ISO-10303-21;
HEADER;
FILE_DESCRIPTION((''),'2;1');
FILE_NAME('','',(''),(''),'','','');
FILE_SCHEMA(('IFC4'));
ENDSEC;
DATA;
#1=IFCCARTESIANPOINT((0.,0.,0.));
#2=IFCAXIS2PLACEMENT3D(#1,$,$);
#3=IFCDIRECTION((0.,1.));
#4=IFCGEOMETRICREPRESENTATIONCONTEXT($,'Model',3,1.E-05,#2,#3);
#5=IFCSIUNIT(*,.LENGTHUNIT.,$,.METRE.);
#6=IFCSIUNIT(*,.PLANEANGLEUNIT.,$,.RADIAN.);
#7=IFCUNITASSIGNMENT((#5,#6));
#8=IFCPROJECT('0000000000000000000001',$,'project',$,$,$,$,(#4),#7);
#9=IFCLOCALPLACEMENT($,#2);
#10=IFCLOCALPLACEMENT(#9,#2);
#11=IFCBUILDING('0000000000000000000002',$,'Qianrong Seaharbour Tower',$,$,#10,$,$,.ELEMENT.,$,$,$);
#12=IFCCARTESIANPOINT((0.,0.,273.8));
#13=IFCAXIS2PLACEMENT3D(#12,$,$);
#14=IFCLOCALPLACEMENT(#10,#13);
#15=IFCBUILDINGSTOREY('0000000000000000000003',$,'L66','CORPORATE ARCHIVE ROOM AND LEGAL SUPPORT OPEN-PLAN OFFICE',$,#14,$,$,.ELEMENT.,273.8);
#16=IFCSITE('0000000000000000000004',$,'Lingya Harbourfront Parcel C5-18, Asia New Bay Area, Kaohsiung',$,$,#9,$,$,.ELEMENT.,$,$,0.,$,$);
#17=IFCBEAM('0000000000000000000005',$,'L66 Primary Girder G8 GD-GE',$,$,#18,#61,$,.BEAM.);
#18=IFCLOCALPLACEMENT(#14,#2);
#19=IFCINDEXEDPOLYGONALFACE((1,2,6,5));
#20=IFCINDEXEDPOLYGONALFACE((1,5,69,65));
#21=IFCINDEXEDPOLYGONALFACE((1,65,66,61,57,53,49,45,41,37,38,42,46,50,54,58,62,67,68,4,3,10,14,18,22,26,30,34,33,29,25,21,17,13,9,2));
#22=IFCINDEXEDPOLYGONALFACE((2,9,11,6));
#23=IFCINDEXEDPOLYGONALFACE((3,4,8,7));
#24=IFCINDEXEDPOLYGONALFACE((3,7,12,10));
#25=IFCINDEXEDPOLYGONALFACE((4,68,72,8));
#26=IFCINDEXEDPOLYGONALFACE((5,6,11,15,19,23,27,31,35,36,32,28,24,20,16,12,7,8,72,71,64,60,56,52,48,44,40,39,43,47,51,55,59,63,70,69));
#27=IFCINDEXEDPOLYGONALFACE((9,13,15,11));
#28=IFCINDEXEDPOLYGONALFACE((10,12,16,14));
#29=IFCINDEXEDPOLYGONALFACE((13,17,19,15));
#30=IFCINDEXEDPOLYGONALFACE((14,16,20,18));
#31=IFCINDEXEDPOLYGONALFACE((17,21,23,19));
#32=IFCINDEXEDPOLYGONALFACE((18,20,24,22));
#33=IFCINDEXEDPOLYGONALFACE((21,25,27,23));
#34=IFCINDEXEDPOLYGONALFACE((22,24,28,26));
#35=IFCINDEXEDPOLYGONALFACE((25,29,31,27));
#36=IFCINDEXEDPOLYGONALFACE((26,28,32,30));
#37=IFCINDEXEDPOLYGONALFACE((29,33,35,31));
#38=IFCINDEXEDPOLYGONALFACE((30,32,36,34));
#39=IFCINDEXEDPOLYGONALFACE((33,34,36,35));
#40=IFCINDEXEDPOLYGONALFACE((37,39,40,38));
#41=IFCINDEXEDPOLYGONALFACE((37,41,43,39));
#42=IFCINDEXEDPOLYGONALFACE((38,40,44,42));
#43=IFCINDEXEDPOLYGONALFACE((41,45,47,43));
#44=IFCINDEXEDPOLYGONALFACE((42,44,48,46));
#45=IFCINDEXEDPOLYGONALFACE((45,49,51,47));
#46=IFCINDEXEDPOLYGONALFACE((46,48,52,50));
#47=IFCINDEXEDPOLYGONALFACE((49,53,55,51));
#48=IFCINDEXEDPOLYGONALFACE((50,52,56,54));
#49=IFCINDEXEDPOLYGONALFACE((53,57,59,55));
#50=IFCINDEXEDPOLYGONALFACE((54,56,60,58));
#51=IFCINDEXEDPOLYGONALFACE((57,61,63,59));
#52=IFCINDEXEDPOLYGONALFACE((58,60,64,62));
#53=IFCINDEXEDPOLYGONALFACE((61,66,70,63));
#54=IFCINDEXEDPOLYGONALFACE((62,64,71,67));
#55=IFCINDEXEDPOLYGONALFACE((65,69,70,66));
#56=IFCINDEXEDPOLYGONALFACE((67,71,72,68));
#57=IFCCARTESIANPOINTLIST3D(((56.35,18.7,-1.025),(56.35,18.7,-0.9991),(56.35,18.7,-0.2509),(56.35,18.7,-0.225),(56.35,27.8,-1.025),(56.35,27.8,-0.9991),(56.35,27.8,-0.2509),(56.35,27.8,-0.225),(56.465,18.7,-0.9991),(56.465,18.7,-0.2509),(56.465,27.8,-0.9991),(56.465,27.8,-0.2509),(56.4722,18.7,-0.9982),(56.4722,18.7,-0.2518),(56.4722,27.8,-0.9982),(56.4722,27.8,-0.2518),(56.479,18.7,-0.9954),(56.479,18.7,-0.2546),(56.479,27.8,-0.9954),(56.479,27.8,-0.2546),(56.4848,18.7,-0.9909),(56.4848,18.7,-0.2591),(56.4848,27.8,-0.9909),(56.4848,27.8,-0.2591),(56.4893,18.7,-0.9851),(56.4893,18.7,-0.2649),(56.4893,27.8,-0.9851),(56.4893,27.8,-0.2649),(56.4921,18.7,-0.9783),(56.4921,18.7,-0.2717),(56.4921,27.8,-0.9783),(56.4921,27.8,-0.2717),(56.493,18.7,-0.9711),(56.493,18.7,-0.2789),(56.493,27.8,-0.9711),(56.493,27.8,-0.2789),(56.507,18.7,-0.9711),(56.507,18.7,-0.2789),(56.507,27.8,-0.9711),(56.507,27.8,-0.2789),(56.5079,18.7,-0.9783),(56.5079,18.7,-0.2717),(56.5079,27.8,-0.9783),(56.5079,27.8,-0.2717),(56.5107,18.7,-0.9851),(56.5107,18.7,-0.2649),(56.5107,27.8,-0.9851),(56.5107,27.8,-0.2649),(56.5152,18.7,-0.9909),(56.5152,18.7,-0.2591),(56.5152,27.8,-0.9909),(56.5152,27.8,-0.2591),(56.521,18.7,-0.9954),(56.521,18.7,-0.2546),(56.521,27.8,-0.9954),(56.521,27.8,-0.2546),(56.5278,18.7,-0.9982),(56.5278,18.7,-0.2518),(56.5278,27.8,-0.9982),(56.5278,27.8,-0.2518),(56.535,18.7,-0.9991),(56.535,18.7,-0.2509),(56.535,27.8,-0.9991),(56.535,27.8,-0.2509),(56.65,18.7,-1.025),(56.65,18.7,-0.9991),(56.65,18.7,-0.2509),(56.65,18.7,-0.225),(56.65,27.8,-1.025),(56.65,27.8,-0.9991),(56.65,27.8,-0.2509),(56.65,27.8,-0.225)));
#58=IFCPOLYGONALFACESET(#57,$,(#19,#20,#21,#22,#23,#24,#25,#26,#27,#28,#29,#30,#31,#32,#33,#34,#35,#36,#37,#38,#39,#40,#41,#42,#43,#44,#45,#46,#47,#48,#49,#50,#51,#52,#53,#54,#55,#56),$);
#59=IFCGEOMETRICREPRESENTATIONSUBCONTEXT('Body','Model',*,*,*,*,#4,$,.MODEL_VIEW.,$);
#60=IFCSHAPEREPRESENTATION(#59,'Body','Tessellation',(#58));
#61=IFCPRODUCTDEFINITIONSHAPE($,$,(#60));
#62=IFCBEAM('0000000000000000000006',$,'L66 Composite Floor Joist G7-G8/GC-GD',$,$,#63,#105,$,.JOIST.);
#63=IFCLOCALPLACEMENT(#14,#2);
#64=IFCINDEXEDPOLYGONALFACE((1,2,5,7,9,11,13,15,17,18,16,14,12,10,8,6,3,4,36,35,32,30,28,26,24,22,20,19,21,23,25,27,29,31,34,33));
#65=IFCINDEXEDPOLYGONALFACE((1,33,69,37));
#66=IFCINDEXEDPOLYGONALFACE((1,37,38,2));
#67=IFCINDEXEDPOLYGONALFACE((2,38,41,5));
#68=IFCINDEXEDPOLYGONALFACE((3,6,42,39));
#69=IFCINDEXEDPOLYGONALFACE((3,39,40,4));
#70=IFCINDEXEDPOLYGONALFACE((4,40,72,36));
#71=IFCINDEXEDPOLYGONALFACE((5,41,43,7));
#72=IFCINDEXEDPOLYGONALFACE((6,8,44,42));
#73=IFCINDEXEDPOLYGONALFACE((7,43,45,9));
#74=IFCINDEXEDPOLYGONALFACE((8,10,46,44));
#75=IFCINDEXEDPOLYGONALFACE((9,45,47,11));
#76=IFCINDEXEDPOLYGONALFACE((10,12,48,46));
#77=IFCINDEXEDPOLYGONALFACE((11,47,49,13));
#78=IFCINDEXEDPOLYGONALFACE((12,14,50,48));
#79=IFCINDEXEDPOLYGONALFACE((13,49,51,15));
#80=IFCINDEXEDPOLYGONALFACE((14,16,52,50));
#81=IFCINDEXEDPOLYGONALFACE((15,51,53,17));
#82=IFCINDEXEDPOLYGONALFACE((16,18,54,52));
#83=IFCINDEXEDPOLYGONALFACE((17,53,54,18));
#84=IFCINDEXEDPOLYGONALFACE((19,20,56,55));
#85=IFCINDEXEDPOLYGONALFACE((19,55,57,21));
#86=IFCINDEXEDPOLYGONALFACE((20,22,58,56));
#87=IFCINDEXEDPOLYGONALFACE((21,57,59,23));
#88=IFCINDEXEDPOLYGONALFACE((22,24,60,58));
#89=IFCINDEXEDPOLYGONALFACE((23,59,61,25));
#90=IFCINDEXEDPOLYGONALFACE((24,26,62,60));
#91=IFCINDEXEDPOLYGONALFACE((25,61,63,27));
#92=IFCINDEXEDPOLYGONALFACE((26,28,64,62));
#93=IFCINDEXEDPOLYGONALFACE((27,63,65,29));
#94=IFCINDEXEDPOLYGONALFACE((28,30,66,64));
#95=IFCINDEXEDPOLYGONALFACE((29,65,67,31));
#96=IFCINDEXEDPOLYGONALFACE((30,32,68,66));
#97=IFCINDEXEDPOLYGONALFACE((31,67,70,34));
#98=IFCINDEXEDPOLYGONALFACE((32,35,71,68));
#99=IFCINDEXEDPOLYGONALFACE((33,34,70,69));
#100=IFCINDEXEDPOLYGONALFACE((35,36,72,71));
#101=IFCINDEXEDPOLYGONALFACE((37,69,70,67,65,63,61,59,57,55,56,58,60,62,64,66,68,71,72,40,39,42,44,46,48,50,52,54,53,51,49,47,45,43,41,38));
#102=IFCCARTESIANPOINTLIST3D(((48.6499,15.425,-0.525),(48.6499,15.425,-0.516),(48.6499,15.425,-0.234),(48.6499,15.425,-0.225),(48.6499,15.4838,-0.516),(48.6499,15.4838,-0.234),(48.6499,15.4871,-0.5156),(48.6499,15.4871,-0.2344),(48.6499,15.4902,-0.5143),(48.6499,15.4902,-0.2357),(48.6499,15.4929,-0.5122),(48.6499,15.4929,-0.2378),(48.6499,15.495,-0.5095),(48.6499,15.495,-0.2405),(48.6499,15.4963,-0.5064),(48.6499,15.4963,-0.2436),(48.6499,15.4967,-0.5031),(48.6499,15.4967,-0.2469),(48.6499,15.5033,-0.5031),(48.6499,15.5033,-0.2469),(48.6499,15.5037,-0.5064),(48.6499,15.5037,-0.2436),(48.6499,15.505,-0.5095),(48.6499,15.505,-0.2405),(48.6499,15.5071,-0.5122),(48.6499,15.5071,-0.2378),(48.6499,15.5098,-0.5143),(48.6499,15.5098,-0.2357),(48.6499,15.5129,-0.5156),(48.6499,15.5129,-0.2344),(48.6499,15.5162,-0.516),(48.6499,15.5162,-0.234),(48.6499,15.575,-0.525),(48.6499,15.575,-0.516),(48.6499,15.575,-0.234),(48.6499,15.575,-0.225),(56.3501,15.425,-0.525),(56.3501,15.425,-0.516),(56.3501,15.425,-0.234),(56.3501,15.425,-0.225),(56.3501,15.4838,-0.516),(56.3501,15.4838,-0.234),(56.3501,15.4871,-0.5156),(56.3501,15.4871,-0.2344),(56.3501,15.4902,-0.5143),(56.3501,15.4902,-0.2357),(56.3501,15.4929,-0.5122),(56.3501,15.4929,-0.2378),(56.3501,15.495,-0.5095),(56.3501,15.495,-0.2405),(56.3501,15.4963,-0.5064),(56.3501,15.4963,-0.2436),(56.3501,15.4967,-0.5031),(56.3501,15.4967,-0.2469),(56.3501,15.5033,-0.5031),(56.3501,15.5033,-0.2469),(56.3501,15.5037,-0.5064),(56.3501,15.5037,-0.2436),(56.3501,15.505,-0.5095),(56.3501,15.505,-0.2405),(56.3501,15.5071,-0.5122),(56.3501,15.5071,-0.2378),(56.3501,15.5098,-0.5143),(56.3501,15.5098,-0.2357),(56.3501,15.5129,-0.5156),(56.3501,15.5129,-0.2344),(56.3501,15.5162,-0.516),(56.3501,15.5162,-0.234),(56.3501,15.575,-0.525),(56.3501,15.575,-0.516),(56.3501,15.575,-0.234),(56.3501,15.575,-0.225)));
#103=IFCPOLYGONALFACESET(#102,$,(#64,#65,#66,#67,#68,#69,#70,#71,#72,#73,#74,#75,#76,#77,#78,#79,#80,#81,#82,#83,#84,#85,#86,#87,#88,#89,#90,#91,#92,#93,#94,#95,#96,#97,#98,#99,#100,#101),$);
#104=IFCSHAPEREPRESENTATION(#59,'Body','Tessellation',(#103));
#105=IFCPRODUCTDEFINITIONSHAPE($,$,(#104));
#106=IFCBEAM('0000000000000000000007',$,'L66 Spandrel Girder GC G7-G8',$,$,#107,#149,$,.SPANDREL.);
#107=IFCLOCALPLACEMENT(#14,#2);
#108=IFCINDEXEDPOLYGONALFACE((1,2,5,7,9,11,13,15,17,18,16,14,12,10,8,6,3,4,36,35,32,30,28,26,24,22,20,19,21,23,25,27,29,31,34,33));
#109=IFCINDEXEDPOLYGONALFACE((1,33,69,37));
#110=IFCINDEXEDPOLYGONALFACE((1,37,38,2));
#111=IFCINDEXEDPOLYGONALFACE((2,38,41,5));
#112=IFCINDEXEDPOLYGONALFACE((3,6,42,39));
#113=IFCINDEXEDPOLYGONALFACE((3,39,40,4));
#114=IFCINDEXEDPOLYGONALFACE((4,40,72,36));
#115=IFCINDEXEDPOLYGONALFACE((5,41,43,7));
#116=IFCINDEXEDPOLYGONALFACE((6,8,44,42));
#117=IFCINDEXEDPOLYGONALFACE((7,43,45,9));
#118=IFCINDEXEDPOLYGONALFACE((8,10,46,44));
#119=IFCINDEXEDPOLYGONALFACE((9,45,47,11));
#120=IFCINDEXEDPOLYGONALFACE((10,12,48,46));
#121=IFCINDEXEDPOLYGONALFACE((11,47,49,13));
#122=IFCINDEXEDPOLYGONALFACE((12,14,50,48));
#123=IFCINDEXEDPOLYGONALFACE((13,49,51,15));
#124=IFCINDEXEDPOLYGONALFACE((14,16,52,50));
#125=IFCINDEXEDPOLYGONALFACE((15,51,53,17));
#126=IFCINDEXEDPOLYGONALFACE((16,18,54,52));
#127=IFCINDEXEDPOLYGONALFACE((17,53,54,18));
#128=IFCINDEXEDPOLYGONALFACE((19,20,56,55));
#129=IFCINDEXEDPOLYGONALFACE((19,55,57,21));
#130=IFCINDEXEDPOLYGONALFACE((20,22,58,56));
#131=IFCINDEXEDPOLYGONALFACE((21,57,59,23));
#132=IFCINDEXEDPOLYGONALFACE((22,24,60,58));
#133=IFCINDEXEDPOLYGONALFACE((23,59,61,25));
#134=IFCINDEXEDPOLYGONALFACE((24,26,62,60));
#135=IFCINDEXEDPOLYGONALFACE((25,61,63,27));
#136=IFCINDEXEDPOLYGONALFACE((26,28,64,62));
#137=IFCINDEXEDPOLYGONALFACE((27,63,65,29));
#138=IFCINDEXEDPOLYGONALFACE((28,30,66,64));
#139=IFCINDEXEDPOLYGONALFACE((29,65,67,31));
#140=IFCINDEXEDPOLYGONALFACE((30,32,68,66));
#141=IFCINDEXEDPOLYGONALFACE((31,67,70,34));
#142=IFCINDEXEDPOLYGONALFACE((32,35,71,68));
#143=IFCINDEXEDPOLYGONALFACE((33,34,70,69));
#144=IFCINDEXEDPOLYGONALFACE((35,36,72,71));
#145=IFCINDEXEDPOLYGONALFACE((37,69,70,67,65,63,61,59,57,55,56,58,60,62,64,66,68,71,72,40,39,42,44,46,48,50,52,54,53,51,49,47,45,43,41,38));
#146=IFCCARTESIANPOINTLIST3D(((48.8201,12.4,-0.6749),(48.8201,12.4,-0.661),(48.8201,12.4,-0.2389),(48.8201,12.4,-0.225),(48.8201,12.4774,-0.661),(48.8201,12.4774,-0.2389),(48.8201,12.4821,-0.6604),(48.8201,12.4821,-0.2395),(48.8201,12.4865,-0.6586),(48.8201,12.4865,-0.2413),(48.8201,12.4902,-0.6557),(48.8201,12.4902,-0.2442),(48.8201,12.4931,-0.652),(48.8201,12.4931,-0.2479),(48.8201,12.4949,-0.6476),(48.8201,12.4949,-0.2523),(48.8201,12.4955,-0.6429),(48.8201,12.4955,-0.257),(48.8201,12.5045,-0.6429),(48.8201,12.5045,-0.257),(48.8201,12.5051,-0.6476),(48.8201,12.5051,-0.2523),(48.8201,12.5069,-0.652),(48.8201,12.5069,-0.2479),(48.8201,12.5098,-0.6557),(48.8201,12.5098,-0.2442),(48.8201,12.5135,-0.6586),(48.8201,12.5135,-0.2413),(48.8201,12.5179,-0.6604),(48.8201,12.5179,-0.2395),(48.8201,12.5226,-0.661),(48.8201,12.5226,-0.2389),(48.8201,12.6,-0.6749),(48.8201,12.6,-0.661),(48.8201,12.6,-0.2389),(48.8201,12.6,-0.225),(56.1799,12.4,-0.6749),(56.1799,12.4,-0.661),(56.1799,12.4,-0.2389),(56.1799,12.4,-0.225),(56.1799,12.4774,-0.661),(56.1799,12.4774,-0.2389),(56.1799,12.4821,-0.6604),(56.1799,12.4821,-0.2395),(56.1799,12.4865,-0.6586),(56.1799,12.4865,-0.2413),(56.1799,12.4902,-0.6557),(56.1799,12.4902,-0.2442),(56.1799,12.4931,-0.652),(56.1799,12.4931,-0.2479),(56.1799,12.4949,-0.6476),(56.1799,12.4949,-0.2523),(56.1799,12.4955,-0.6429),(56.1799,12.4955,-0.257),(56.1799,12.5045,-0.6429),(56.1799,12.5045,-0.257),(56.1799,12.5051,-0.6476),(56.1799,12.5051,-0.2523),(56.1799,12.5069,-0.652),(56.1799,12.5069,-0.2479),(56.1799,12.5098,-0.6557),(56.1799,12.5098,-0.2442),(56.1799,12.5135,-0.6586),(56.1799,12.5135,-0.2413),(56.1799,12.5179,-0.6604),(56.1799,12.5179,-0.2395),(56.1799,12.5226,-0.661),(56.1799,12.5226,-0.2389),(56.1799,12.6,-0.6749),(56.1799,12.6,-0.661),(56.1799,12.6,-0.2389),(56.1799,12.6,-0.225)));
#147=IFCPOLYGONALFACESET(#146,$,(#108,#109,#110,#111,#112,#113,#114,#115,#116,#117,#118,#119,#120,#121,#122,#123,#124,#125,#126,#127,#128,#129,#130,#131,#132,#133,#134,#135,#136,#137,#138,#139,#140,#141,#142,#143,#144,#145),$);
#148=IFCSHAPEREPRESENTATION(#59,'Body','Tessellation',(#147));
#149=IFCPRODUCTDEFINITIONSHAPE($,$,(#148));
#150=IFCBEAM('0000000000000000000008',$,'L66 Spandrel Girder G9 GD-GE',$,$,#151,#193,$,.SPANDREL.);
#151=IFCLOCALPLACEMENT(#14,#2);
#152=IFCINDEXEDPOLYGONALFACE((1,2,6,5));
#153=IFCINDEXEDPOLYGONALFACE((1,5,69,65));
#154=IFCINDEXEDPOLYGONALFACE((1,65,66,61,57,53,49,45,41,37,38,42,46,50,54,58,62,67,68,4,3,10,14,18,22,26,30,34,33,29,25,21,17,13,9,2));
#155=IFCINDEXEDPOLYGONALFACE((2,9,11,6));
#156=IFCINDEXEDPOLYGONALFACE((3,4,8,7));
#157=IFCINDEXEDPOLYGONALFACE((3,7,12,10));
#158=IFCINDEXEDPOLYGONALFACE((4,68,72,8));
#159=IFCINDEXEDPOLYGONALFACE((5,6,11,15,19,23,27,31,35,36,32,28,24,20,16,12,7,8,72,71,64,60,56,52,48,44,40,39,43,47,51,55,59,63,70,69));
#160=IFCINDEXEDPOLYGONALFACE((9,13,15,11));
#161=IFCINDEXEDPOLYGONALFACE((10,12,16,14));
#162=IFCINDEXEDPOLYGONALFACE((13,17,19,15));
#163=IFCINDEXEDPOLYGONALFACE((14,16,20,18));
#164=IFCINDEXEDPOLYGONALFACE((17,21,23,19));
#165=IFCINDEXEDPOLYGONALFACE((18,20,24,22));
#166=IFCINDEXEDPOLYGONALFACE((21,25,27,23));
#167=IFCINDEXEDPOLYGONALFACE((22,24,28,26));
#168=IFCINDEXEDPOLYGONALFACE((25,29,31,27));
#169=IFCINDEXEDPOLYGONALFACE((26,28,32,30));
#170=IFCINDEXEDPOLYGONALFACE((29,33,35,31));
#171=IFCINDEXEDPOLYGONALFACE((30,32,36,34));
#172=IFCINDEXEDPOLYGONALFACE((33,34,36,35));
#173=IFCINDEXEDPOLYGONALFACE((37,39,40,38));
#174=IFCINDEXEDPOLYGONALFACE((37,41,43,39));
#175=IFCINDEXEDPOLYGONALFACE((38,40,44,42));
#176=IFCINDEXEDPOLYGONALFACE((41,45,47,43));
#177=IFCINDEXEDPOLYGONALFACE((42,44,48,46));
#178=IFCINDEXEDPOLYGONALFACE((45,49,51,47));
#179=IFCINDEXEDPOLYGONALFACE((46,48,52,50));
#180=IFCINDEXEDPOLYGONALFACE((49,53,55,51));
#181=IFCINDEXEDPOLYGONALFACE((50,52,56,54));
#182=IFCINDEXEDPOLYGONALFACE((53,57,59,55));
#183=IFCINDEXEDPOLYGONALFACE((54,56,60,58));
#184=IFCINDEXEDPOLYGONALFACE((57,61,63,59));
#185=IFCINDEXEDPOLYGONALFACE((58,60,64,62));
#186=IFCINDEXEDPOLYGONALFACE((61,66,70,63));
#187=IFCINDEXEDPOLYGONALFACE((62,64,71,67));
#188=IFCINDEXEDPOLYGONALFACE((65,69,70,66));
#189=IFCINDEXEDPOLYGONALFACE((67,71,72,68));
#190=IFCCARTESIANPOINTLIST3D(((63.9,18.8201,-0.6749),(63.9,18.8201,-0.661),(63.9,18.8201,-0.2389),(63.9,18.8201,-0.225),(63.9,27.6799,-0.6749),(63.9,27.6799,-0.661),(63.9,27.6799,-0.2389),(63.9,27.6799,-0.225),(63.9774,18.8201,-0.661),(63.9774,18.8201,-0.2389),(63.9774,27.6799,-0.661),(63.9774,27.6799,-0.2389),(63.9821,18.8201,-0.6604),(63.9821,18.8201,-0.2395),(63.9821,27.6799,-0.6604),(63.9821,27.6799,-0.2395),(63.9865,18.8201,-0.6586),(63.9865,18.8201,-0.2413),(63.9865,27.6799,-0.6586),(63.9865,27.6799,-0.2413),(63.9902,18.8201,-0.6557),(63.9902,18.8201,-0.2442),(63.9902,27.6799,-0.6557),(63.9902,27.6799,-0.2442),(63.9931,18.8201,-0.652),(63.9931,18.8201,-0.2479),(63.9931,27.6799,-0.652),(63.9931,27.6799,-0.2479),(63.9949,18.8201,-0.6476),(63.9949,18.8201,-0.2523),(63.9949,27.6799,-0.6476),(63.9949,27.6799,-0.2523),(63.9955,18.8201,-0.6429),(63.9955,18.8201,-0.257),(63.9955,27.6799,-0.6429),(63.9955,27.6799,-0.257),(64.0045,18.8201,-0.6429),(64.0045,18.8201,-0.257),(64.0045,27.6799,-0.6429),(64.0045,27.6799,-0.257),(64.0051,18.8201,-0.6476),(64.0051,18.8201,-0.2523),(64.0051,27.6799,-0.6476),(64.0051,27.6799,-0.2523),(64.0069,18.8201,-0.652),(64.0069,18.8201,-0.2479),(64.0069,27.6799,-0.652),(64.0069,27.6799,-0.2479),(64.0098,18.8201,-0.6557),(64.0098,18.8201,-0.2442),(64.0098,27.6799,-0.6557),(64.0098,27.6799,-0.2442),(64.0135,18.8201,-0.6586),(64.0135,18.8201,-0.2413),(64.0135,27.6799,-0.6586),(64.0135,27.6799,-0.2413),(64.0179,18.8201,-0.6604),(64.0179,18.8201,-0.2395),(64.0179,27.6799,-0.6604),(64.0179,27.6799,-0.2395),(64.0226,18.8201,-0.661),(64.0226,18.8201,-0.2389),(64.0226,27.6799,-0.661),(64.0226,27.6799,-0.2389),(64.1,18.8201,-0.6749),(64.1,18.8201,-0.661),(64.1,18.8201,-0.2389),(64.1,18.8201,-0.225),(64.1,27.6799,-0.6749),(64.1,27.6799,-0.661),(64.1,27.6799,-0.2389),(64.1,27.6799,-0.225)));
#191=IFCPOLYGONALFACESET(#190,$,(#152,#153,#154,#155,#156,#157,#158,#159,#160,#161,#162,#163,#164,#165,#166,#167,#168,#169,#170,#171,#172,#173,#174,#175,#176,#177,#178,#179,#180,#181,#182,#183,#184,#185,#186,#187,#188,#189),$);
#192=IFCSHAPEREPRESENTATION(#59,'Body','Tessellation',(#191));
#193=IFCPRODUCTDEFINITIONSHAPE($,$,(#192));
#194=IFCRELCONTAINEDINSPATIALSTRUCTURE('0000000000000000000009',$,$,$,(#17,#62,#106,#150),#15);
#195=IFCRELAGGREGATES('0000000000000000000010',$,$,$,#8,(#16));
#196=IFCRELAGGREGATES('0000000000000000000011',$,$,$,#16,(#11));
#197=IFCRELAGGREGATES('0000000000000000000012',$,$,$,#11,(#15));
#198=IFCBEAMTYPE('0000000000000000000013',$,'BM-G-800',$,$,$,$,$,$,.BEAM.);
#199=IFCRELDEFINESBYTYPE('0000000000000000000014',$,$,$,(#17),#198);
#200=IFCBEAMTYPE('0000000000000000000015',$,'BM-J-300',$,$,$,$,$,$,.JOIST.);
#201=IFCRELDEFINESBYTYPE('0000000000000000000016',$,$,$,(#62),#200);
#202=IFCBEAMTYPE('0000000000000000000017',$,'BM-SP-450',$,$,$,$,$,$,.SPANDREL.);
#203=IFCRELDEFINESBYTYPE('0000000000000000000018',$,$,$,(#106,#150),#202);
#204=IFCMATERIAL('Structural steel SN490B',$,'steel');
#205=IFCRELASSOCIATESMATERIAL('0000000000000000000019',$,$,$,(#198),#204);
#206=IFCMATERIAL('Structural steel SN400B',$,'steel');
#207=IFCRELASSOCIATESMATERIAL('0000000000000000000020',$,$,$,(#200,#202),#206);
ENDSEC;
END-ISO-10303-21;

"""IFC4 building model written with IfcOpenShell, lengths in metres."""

from ifc_helpers import new_model, si_unit, direction, frame, origin, origin_2d, place, context, subcontext, project, spatial, i_section, extrude, material, material_profile, profile_set, type_object, element, save


model = new_model("IFC4")

# Units and contexts
model_context = context("Model", 3, precision=1e-05, world=origin(), true_north=direction((0.0, 1.0)))
body_context = subcontext(model_context, "Body", "Model", "MODEL_VIEW")
ifc_project = project(units=[si_unit("LENGTHUNIT", "METRE"), si_unit("PLANEANGLEUNIT", "RADIAN")], contexts=[model_context])

# Site, building, storey
site_placement = place(None, origin())
site = spatial("IfcSite", under=ifc_project, at=site_placement, Name="Lingya Harbourfront Parcel C5-18, Asia New Bay Area, Kaohsiung", CompositionType="ELEMENT", RefElevation=0.0)
building_placement = place(site_placement, origin())
building = spatial("IfcBuilding", under=site, at=building_placement, Name="Qianrong Seaharbour Tower", CompositionType="ELEMENT")
storey_placement = place(building_placement, frame((0.0, 0.0, 273.8)))
storey = spatial("IfcBuildingStorey", under=building, at=storey_placement, Name="L66", Description="CORPORATE ARCHIVE ROOM AND LEGAL SUPPORT OPEN-PLAN OFFICE", CompositionType="ELEMENT", Elevation=273.8)

# Shared definitions
ifc_material_1 = material(Name="Structural steel SN490B", Category="steel")

# Beams
ifc_material_profile_1 = material_profile(ifc_material_1, i_section(OverallWidth=0.3, OverallDepth=0.8, WebThickness=0.0139, FlangeThickness=0.0259, FilletRadius=0.0281, at=origin_2d()), Name="H800x300x14x26")
ifc_profile_set_1 = profile_set([ifc_material_profile_1], Name="Structural steel SN490B")
beam_type_1 = type_object("IfcBeamType", Name="BM-G-800", PredefinedType="BEAM", material=ifc_profile_set_1)
for number, where, z_axis, x_axis, name in (
    (1, (56.5, 18.7, -0.625), (0.0, 1.0, 0.0), (-1.0, 0.0, 0.0), "L66 Primary Girder G8 GD-GE"),
):
    element("IfcBeam", number, at=place(storey_placement, frame(where, z_axis=z_axis, x_axis=x_axis)), inside=storey, type_object=beam_type_1, Name=name, PredefinedType="BEAM", context=body_context, shape_type="SweptSolid", body=[
        extrude(i_section(OverallWidth=0.3, OverallDepth=0.8, WebThickness=0.0139, FlangeThickness=0.0259, FilletRadius=0.0281, at=origin_2d()), origin(), (0.0, 0.0, 1.0), 9.1001),
    ])
ifc_material_2 = material(Name="Structural steel SN400B", Category="steel")
ifc_material_profile_2 = material_profile(ifc_material_2, i_section(OverallWidth=0.1499, OverallDepth=0.3, WebThickness=0.0066, FlangeThickness=0.009, FilletRadius=0.0129, at=origin_2d()), Name="H300x150x6.5x9")
ifc_profile_set_2 = profile_set([ifc_material_profile_2], Name="Structural steel SN400B")
beam_type_2 = type_object("IfcBeamType", Name="BM-J-300", PredefinedType="JOIST", material=ifc_profile_set_2)
beam_1_placement = place(storey_placement, frame((48.6499, 15.5, -0.375), z_axis=(1.0, 0.0, 0.0), x_axis=(0.0, 1.0, 0.0)))
element("IfcBeam", 2, at=beam_1_placement, inside=storey, type_object=beam_type_2, Name="L66 Composite Floor Joist G7-G8/GC-GD", PredefinedType="JOIST", context=body_context, shape_type="SweptSolid", body=[
    extrude(i_section(OverallWidth=0.1499, OverallDepth=0.3, WebThickness=0.0066, FlangeThickness=0.009, FilletRadius=0.0129, at=origin_2d()), origin(), (0.0, 0.0, 1.0), 7.7002),
])
ifc_material_profile_3 = material_profile(ifc_material_2, i_section(OverallWidth=0.2, OverallDepth=0.45, WebThickness=0.009, FlangeThickness=0.0139, FilletRadius=0.0181, at=origin_2d()), Name="H450x200x9x14")
ifc_profile_set_3 = profile_set([ifc_material_profile_3], Name="Structural steel SN400B")
beam_type_3 = type_object("IfcBeamType", Name="BM-SP-450", PredefinedType="SPANDREL", material=ifc_profile_set_3)
beam_2_placement = place(storey_placement, frame((48.8201, 12.5, -0.45), z_axis=(1.0, 0.0, 0.0), x_axis=(0.0, 1.0, 0.0)))
element("IfcBeam", 3, at=beam_2_placement, inside=storey, type_object=beam_type_3, Name="L66 Spandrel Girder GC G7-G8", PredefinedType="SPANDREL", context=body_context, shape_type="SweptSolid", body=[
    extrude(i_section(OverallWidth=0.2, OverallDepth=0.45, WebThickness=0.009, FlangeThickness=0.0139, FilletRadius=0.0181, at=origin_2d()), origin(), (0.0, 0.0, 1.0), 7.3599),
])
beam_3_placement = place(storey_placement, frame((64.0, 18.8201, -0.45), z_axis=(0.0, 1.0, 0.0), x_axis=(-1.0, 0.0, 0.0)))
element("IfcBeam", 4, at=beam_3_placement, inside=storey, type_object=beam_type_3, Name="L66 Spandrel Girder G9 GD-GE", PredefinedType="SPANDREL", context=body_context, shape_type="SweptSolid", body=[
    extrude(i_section(OverallWidth=0.2, OverallDepth=0.45, WebThickness=0.009, FlangeThickness=0.0139, FilletRadius=0.0181, at=origin_2d()), origin(), (0.0, 0.0, 1.0), 8.8599),
])

save(model, "model.ifc")
